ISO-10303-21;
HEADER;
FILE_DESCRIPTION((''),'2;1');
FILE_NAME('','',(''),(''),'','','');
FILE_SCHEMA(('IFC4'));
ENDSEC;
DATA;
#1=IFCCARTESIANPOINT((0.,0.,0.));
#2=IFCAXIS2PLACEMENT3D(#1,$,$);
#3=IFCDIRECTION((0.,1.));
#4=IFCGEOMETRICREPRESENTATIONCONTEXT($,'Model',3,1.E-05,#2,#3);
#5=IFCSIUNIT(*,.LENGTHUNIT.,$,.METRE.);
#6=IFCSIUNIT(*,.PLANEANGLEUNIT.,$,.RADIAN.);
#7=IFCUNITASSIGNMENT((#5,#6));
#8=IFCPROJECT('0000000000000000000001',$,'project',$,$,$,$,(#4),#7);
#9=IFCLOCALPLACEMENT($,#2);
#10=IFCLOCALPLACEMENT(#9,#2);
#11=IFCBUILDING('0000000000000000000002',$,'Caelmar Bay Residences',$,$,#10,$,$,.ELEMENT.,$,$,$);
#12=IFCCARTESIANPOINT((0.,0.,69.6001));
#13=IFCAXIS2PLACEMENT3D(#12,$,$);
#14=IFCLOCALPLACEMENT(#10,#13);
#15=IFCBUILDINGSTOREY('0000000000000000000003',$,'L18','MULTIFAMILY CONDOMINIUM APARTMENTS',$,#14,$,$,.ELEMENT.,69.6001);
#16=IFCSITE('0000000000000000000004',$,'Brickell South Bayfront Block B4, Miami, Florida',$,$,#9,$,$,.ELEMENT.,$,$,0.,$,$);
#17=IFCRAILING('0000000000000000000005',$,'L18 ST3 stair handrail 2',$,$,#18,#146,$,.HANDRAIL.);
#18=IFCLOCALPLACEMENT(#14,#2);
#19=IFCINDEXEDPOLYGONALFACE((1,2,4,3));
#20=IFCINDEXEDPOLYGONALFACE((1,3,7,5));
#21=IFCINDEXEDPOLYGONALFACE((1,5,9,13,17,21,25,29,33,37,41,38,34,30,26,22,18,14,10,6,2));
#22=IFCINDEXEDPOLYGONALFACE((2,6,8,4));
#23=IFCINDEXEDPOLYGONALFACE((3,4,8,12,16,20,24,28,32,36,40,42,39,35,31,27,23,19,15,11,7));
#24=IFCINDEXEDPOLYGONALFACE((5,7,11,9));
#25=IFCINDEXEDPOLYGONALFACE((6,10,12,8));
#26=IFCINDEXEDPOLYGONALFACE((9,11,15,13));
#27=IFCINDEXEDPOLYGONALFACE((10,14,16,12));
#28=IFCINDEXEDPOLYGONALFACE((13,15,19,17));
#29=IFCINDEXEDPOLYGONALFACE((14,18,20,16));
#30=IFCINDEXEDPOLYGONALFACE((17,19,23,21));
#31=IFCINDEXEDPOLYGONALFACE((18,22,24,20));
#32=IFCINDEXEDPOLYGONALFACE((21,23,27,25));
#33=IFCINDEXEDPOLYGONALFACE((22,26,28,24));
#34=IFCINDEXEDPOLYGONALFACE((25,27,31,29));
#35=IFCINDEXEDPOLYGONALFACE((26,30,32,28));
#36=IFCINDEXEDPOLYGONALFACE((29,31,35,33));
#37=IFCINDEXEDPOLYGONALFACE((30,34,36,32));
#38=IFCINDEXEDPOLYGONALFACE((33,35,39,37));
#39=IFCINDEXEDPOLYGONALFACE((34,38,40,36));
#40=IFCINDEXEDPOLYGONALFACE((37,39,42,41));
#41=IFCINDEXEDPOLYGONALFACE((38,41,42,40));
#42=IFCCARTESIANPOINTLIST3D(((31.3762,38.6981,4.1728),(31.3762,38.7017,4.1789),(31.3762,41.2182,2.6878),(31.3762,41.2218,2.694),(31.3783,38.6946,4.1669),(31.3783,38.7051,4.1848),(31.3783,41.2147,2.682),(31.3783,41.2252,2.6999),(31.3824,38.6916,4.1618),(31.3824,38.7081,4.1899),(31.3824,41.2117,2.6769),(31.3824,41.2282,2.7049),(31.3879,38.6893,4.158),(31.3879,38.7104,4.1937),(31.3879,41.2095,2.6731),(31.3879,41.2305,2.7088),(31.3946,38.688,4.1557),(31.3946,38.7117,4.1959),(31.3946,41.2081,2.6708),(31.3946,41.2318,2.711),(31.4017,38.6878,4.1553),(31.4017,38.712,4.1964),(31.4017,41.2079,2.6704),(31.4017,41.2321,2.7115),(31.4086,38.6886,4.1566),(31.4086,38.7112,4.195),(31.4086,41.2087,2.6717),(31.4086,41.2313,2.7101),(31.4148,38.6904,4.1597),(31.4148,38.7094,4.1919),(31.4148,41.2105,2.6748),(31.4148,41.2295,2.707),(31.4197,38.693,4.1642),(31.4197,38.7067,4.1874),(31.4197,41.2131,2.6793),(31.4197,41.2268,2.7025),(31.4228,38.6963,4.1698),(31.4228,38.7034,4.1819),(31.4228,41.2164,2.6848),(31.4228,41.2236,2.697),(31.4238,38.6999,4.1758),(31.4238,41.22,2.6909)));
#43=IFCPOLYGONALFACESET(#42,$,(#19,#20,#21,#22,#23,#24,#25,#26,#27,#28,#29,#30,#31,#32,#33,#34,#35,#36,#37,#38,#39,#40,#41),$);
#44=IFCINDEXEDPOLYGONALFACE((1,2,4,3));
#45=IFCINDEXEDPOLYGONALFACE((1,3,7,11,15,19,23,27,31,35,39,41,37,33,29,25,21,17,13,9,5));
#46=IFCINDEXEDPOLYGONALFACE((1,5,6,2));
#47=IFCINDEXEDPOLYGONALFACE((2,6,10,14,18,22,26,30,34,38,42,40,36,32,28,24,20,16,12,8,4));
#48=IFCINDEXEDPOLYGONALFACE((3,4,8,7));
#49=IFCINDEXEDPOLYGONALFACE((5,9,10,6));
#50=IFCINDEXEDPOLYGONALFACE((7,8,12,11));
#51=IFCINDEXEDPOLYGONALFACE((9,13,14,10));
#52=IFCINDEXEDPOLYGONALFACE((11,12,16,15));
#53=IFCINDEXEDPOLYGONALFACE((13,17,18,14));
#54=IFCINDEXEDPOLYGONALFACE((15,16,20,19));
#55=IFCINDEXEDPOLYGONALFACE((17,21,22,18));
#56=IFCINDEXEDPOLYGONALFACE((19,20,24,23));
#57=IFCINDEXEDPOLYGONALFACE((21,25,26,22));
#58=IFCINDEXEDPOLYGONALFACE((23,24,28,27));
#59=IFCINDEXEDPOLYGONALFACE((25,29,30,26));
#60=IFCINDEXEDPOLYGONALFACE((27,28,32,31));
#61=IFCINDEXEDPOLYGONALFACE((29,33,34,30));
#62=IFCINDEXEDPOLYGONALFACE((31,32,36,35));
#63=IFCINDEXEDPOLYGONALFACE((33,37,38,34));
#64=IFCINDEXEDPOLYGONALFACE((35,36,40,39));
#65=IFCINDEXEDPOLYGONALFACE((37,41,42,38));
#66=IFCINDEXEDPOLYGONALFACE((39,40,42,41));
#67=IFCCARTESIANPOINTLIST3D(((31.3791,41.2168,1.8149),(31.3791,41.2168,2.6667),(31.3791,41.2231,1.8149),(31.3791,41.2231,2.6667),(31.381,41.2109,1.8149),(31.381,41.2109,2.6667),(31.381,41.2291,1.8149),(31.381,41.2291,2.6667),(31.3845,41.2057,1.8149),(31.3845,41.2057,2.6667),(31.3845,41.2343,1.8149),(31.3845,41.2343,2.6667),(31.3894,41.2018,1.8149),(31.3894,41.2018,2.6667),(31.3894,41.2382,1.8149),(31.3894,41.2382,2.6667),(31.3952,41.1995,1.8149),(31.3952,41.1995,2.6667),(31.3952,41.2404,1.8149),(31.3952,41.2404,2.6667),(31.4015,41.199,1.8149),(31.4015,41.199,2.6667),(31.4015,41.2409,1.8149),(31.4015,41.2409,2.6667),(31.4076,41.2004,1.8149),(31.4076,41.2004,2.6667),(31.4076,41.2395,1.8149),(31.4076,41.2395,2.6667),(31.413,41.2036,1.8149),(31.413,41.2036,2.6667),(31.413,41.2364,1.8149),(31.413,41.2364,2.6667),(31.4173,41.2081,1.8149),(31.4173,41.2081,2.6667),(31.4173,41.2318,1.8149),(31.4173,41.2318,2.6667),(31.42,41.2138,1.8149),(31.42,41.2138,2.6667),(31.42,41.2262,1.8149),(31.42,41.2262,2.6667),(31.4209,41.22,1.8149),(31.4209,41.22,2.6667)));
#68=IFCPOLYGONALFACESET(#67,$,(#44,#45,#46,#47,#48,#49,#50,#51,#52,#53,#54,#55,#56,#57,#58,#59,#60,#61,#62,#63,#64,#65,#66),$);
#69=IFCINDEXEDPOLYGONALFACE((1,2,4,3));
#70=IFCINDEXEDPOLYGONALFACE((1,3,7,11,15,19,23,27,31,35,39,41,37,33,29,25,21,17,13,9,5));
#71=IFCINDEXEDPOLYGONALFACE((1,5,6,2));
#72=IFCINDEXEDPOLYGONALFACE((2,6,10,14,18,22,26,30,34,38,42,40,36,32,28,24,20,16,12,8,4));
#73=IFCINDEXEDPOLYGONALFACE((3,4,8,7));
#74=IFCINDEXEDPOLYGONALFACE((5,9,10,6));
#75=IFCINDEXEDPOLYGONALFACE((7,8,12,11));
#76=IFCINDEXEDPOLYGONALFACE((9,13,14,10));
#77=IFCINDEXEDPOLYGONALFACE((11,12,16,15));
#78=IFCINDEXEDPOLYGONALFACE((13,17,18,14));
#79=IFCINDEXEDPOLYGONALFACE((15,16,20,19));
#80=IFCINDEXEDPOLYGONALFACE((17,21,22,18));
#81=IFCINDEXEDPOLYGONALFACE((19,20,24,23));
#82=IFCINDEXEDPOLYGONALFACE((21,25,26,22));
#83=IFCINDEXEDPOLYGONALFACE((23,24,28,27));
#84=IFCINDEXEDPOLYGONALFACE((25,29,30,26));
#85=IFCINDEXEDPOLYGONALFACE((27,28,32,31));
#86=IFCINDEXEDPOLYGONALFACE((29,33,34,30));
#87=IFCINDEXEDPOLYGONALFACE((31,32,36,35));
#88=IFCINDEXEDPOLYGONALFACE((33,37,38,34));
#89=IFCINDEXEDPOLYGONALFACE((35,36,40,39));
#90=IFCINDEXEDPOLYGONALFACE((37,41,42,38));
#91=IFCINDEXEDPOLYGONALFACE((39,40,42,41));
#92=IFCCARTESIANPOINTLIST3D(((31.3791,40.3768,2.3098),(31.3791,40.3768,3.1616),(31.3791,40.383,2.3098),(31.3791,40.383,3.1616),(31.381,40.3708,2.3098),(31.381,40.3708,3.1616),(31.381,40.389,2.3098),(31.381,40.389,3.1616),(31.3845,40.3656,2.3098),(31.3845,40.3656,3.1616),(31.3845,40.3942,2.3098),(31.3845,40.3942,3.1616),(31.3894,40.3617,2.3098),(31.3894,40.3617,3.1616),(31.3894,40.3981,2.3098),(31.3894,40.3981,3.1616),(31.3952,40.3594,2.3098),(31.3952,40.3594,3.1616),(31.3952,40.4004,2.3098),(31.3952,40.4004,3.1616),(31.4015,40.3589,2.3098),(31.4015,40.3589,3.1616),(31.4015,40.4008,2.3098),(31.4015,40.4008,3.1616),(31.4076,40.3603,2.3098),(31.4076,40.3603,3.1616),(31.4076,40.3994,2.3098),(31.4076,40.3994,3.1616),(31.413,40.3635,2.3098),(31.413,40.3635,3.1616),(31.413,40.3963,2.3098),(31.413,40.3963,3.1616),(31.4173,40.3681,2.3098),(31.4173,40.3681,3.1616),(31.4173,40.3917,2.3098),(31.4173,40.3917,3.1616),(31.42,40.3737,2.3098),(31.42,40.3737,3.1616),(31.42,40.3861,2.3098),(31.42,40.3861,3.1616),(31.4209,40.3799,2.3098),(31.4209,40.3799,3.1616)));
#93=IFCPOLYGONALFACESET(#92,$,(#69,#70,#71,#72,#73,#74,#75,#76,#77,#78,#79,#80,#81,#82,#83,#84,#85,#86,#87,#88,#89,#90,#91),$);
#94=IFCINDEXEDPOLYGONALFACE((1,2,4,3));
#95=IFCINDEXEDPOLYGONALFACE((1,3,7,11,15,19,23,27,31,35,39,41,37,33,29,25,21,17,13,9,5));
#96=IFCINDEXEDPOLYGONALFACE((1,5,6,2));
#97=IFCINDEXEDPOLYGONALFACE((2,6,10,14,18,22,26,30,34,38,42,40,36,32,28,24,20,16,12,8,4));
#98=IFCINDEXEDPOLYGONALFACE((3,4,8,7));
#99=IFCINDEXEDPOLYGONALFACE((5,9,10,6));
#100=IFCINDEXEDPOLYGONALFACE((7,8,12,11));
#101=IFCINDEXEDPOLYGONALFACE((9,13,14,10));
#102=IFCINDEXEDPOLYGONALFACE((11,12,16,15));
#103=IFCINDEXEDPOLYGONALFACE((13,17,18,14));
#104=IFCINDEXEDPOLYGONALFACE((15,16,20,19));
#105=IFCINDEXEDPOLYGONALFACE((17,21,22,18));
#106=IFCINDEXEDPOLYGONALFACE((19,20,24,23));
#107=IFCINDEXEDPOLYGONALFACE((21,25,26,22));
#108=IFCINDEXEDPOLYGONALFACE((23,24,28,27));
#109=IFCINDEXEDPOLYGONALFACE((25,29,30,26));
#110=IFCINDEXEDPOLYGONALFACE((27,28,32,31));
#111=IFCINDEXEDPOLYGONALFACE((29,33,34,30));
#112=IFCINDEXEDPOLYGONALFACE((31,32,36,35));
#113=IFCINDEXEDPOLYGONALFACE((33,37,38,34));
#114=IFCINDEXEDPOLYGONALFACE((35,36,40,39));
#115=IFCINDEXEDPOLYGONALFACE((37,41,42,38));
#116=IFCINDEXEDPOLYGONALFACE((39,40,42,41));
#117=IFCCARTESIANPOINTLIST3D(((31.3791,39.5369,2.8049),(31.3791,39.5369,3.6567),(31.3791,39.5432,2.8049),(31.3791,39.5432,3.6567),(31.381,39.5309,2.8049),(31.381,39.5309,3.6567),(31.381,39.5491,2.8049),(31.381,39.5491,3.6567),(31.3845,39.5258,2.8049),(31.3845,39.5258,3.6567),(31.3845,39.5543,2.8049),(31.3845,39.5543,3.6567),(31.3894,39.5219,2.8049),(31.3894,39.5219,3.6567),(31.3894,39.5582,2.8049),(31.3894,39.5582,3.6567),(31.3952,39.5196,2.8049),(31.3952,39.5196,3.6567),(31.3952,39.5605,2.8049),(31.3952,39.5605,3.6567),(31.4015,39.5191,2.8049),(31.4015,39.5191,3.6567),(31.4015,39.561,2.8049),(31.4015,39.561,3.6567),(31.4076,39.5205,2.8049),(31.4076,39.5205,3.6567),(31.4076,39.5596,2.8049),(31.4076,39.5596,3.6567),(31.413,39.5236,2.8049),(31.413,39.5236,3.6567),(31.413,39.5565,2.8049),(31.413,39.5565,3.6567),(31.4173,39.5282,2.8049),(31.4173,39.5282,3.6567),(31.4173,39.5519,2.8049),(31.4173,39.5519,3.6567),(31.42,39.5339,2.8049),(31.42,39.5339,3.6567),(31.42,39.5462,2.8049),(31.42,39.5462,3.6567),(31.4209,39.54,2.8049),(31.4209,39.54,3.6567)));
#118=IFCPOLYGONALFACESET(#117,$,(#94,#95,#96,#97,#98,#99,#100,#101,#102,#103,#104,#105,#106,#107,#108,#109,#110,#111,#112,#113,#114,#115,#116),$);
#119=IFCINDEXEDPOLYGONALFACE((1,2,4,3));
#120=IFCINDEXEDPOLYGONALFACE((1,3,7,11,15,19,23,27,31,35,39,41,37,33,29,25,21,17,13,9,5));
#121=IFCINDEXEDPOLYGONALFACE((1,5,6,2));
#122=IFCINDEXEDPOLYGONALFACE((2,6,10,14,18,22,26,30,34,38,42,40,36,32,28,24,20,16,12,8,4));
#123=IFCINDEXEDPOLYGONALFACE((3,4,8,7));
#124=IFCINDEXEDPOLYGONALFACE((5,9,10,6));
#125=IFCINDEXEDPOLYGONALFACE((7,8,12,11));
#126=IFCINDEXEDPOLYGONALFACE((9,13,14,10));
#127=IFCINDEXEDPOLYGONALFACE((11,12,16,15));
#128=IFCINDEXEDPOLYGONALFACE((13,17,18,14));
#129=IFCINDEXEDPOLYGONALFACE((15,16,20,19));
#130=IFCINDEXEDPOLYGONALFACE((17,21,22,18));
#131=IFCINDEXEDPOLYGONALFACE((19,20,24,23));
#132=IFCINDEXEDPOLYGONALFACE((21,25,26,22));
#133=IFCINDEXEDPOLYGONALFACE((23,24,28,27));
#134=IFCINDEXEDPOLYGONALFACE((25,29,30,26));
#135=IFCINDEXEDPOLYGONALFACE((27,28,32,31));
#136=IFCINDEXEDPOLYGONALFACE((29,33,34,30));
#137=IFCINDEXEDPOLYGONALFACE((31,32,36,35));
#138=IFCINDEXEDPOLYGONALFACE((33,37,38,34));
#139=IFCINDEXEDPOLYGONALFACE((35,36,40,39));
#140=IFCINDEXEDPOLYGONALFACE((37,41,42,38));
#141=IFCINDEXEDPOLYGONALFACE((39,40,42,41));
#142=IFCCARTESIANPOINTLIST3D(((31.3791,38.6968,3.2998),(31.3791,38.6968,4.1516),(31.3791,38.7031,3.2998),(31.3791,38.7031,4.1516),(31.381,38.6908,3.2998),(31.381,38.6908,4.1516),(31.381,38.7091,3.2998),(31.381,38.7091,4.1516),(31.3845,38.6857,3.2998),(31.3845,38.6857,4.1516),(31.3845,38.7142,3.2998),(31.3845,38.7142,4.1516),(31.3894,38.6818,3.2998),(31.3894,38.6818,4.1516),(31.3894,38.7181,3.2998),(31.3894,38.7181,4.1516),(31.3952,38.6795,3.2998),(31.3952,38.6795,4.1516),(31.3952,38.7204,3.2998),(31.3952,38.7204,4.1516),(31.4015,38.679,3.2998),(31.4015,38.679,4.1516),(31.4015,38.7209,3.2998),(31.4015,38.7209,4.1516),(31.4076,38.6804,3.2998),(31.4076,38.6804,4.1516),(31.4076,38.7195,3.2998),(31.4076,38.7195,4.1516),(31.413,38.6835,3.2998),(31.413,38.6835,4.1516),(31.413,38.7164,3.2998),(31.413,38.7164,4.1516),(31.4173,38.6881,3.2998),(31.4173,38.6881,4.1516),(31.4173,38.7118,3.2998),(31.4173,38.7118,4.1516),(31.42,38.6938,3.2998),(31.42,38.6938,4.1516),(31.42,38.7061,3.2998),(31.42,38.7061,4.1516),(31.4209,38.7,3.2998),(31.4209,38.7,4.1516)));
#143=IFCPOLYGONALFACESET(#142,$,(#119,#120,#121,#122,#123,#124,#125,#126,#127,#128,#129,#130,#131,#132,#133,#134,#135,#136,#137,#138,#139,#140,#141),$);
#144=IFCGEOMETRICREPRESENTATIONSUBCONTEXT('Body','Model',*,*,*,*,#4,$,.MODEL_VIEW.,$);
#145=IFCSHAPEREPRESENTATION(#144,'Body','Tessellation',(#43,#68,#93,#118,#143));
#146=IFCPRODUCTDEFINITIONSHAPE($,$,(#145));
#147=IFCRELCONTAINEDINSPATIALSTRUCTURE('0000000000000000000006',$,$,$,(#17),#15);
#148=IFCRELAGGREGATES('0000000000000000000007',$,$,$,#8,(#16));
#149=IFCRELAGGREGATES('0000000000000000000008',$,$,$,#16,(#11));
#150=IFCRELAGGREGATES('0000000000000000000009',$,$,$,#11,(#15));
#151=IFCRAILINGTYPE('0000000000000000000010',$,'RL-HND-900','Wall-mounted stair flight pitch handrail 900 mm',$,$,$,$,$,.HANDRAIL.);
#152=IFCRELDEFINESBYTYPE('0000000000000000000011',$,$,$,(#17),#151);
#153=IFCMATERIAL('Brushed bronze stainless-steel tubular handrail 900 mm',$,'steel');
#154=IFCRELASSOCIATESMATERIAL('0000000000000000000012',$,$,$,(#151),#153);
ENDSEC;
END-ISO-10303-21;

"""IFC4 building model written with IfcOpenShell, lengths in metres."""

from ifc_helpers import new_model, si_unit, direction, frame, origin, origin_2d, place, context, subcontext, project, spatial, circle, extrude, material, type_object, element, save


model = new_model("IFC4")

# Units and contexts
model_context = context("Model", 3, precision=1e-05, world=origin(), true_north=direction((0.0, 1.0)))
body_context = subcontext(model_context, "Body", "Model", "MODEL_VIEW")
ifc_project = project(units=[si_unit("LENGTHUNIT", "METRE"), si_unit("PLANEANGLEUNIT", "RADIAN")], contexts=[model_context])

# Site, building, storey
site_placement = place(None, origin())
site = spatial("IfcSite", under=ifc_project, at=site_placement, Name="Brickell South Bayfront Block B4, Miami, Florida", CompositionType="ELEMENT", RefElevation=0.0)
building_placement = place(site_placement, origin())
building = spatial("IfcBuilding", under=site, at=building_placement, Name="Caelmar Bay Residences", CompositionType="ELEMENT")
storey_placement = place(building_placement, frame((0.0, 0.0, 69.6001)))
storey = spatial("IfcBuildingStorey", under=building, at=storey_placement, Name="L18", Description="MULTIFAMILY CONDOMINIUM APARTMENTS", CompositionType="ELEMENT", Elevation=69.6001)

# Railing
ifc_material_1 = material(Name="Brushed bronze stainless-steel tubular handrail 900 mm", Category="steel")
railing_type_1 = type_object("IfcRailingType", Name="RL-HND-900", Description="Wall-mounted stair flight pitch handrail 900 mm", PredefinedType="HANDRAIL", material=ifc_material_1)
railing_1_placement = place(storey_placement, frame((31.3999, 41.22, 1.8149)))
element("IfcRailing", 1, at=railing_1_placement, inside=storey, type_object=railing_type_1, Name="L18 ST3 stair handrail 2", PredefinedType="HANDRAIL", context=body_context, shape_type="SweptSolid", body=[
    extrude(circle(Radius=0.0239, at=origin_2d()), frame((0.0, 0.0, 0.876), z_axis=(0.0, -0.861561, 0.507655), x_axis=(1.0, 0.0, 0.0)), (0.0, 0.0, 1.0), 2.925),
    extrude(circle(Radius=0.021, at=origin_2d()), origin(), (0.0, 0.0, 1.0), 0.8518),
    extrude(circle(Radius=0.021, at=origin_2d()), frame((0.0, -0.8401, 0.4949)), (0.0, 0.0, 1.0), 0.8518),
    extrude(circle(Radius=0.021, at=origin_2d()), frame((0.0, -1.6799, 0.99)), (0.0, 0.0, 1.0), 0.8518),
    extrude(circle(Radius=0.021, at=origin_2d()), frame((0.0, -2.52, 1.4849)), (0.0, 0.0, 1.0), 0.8518),
])

save(model, "model.ifc")
